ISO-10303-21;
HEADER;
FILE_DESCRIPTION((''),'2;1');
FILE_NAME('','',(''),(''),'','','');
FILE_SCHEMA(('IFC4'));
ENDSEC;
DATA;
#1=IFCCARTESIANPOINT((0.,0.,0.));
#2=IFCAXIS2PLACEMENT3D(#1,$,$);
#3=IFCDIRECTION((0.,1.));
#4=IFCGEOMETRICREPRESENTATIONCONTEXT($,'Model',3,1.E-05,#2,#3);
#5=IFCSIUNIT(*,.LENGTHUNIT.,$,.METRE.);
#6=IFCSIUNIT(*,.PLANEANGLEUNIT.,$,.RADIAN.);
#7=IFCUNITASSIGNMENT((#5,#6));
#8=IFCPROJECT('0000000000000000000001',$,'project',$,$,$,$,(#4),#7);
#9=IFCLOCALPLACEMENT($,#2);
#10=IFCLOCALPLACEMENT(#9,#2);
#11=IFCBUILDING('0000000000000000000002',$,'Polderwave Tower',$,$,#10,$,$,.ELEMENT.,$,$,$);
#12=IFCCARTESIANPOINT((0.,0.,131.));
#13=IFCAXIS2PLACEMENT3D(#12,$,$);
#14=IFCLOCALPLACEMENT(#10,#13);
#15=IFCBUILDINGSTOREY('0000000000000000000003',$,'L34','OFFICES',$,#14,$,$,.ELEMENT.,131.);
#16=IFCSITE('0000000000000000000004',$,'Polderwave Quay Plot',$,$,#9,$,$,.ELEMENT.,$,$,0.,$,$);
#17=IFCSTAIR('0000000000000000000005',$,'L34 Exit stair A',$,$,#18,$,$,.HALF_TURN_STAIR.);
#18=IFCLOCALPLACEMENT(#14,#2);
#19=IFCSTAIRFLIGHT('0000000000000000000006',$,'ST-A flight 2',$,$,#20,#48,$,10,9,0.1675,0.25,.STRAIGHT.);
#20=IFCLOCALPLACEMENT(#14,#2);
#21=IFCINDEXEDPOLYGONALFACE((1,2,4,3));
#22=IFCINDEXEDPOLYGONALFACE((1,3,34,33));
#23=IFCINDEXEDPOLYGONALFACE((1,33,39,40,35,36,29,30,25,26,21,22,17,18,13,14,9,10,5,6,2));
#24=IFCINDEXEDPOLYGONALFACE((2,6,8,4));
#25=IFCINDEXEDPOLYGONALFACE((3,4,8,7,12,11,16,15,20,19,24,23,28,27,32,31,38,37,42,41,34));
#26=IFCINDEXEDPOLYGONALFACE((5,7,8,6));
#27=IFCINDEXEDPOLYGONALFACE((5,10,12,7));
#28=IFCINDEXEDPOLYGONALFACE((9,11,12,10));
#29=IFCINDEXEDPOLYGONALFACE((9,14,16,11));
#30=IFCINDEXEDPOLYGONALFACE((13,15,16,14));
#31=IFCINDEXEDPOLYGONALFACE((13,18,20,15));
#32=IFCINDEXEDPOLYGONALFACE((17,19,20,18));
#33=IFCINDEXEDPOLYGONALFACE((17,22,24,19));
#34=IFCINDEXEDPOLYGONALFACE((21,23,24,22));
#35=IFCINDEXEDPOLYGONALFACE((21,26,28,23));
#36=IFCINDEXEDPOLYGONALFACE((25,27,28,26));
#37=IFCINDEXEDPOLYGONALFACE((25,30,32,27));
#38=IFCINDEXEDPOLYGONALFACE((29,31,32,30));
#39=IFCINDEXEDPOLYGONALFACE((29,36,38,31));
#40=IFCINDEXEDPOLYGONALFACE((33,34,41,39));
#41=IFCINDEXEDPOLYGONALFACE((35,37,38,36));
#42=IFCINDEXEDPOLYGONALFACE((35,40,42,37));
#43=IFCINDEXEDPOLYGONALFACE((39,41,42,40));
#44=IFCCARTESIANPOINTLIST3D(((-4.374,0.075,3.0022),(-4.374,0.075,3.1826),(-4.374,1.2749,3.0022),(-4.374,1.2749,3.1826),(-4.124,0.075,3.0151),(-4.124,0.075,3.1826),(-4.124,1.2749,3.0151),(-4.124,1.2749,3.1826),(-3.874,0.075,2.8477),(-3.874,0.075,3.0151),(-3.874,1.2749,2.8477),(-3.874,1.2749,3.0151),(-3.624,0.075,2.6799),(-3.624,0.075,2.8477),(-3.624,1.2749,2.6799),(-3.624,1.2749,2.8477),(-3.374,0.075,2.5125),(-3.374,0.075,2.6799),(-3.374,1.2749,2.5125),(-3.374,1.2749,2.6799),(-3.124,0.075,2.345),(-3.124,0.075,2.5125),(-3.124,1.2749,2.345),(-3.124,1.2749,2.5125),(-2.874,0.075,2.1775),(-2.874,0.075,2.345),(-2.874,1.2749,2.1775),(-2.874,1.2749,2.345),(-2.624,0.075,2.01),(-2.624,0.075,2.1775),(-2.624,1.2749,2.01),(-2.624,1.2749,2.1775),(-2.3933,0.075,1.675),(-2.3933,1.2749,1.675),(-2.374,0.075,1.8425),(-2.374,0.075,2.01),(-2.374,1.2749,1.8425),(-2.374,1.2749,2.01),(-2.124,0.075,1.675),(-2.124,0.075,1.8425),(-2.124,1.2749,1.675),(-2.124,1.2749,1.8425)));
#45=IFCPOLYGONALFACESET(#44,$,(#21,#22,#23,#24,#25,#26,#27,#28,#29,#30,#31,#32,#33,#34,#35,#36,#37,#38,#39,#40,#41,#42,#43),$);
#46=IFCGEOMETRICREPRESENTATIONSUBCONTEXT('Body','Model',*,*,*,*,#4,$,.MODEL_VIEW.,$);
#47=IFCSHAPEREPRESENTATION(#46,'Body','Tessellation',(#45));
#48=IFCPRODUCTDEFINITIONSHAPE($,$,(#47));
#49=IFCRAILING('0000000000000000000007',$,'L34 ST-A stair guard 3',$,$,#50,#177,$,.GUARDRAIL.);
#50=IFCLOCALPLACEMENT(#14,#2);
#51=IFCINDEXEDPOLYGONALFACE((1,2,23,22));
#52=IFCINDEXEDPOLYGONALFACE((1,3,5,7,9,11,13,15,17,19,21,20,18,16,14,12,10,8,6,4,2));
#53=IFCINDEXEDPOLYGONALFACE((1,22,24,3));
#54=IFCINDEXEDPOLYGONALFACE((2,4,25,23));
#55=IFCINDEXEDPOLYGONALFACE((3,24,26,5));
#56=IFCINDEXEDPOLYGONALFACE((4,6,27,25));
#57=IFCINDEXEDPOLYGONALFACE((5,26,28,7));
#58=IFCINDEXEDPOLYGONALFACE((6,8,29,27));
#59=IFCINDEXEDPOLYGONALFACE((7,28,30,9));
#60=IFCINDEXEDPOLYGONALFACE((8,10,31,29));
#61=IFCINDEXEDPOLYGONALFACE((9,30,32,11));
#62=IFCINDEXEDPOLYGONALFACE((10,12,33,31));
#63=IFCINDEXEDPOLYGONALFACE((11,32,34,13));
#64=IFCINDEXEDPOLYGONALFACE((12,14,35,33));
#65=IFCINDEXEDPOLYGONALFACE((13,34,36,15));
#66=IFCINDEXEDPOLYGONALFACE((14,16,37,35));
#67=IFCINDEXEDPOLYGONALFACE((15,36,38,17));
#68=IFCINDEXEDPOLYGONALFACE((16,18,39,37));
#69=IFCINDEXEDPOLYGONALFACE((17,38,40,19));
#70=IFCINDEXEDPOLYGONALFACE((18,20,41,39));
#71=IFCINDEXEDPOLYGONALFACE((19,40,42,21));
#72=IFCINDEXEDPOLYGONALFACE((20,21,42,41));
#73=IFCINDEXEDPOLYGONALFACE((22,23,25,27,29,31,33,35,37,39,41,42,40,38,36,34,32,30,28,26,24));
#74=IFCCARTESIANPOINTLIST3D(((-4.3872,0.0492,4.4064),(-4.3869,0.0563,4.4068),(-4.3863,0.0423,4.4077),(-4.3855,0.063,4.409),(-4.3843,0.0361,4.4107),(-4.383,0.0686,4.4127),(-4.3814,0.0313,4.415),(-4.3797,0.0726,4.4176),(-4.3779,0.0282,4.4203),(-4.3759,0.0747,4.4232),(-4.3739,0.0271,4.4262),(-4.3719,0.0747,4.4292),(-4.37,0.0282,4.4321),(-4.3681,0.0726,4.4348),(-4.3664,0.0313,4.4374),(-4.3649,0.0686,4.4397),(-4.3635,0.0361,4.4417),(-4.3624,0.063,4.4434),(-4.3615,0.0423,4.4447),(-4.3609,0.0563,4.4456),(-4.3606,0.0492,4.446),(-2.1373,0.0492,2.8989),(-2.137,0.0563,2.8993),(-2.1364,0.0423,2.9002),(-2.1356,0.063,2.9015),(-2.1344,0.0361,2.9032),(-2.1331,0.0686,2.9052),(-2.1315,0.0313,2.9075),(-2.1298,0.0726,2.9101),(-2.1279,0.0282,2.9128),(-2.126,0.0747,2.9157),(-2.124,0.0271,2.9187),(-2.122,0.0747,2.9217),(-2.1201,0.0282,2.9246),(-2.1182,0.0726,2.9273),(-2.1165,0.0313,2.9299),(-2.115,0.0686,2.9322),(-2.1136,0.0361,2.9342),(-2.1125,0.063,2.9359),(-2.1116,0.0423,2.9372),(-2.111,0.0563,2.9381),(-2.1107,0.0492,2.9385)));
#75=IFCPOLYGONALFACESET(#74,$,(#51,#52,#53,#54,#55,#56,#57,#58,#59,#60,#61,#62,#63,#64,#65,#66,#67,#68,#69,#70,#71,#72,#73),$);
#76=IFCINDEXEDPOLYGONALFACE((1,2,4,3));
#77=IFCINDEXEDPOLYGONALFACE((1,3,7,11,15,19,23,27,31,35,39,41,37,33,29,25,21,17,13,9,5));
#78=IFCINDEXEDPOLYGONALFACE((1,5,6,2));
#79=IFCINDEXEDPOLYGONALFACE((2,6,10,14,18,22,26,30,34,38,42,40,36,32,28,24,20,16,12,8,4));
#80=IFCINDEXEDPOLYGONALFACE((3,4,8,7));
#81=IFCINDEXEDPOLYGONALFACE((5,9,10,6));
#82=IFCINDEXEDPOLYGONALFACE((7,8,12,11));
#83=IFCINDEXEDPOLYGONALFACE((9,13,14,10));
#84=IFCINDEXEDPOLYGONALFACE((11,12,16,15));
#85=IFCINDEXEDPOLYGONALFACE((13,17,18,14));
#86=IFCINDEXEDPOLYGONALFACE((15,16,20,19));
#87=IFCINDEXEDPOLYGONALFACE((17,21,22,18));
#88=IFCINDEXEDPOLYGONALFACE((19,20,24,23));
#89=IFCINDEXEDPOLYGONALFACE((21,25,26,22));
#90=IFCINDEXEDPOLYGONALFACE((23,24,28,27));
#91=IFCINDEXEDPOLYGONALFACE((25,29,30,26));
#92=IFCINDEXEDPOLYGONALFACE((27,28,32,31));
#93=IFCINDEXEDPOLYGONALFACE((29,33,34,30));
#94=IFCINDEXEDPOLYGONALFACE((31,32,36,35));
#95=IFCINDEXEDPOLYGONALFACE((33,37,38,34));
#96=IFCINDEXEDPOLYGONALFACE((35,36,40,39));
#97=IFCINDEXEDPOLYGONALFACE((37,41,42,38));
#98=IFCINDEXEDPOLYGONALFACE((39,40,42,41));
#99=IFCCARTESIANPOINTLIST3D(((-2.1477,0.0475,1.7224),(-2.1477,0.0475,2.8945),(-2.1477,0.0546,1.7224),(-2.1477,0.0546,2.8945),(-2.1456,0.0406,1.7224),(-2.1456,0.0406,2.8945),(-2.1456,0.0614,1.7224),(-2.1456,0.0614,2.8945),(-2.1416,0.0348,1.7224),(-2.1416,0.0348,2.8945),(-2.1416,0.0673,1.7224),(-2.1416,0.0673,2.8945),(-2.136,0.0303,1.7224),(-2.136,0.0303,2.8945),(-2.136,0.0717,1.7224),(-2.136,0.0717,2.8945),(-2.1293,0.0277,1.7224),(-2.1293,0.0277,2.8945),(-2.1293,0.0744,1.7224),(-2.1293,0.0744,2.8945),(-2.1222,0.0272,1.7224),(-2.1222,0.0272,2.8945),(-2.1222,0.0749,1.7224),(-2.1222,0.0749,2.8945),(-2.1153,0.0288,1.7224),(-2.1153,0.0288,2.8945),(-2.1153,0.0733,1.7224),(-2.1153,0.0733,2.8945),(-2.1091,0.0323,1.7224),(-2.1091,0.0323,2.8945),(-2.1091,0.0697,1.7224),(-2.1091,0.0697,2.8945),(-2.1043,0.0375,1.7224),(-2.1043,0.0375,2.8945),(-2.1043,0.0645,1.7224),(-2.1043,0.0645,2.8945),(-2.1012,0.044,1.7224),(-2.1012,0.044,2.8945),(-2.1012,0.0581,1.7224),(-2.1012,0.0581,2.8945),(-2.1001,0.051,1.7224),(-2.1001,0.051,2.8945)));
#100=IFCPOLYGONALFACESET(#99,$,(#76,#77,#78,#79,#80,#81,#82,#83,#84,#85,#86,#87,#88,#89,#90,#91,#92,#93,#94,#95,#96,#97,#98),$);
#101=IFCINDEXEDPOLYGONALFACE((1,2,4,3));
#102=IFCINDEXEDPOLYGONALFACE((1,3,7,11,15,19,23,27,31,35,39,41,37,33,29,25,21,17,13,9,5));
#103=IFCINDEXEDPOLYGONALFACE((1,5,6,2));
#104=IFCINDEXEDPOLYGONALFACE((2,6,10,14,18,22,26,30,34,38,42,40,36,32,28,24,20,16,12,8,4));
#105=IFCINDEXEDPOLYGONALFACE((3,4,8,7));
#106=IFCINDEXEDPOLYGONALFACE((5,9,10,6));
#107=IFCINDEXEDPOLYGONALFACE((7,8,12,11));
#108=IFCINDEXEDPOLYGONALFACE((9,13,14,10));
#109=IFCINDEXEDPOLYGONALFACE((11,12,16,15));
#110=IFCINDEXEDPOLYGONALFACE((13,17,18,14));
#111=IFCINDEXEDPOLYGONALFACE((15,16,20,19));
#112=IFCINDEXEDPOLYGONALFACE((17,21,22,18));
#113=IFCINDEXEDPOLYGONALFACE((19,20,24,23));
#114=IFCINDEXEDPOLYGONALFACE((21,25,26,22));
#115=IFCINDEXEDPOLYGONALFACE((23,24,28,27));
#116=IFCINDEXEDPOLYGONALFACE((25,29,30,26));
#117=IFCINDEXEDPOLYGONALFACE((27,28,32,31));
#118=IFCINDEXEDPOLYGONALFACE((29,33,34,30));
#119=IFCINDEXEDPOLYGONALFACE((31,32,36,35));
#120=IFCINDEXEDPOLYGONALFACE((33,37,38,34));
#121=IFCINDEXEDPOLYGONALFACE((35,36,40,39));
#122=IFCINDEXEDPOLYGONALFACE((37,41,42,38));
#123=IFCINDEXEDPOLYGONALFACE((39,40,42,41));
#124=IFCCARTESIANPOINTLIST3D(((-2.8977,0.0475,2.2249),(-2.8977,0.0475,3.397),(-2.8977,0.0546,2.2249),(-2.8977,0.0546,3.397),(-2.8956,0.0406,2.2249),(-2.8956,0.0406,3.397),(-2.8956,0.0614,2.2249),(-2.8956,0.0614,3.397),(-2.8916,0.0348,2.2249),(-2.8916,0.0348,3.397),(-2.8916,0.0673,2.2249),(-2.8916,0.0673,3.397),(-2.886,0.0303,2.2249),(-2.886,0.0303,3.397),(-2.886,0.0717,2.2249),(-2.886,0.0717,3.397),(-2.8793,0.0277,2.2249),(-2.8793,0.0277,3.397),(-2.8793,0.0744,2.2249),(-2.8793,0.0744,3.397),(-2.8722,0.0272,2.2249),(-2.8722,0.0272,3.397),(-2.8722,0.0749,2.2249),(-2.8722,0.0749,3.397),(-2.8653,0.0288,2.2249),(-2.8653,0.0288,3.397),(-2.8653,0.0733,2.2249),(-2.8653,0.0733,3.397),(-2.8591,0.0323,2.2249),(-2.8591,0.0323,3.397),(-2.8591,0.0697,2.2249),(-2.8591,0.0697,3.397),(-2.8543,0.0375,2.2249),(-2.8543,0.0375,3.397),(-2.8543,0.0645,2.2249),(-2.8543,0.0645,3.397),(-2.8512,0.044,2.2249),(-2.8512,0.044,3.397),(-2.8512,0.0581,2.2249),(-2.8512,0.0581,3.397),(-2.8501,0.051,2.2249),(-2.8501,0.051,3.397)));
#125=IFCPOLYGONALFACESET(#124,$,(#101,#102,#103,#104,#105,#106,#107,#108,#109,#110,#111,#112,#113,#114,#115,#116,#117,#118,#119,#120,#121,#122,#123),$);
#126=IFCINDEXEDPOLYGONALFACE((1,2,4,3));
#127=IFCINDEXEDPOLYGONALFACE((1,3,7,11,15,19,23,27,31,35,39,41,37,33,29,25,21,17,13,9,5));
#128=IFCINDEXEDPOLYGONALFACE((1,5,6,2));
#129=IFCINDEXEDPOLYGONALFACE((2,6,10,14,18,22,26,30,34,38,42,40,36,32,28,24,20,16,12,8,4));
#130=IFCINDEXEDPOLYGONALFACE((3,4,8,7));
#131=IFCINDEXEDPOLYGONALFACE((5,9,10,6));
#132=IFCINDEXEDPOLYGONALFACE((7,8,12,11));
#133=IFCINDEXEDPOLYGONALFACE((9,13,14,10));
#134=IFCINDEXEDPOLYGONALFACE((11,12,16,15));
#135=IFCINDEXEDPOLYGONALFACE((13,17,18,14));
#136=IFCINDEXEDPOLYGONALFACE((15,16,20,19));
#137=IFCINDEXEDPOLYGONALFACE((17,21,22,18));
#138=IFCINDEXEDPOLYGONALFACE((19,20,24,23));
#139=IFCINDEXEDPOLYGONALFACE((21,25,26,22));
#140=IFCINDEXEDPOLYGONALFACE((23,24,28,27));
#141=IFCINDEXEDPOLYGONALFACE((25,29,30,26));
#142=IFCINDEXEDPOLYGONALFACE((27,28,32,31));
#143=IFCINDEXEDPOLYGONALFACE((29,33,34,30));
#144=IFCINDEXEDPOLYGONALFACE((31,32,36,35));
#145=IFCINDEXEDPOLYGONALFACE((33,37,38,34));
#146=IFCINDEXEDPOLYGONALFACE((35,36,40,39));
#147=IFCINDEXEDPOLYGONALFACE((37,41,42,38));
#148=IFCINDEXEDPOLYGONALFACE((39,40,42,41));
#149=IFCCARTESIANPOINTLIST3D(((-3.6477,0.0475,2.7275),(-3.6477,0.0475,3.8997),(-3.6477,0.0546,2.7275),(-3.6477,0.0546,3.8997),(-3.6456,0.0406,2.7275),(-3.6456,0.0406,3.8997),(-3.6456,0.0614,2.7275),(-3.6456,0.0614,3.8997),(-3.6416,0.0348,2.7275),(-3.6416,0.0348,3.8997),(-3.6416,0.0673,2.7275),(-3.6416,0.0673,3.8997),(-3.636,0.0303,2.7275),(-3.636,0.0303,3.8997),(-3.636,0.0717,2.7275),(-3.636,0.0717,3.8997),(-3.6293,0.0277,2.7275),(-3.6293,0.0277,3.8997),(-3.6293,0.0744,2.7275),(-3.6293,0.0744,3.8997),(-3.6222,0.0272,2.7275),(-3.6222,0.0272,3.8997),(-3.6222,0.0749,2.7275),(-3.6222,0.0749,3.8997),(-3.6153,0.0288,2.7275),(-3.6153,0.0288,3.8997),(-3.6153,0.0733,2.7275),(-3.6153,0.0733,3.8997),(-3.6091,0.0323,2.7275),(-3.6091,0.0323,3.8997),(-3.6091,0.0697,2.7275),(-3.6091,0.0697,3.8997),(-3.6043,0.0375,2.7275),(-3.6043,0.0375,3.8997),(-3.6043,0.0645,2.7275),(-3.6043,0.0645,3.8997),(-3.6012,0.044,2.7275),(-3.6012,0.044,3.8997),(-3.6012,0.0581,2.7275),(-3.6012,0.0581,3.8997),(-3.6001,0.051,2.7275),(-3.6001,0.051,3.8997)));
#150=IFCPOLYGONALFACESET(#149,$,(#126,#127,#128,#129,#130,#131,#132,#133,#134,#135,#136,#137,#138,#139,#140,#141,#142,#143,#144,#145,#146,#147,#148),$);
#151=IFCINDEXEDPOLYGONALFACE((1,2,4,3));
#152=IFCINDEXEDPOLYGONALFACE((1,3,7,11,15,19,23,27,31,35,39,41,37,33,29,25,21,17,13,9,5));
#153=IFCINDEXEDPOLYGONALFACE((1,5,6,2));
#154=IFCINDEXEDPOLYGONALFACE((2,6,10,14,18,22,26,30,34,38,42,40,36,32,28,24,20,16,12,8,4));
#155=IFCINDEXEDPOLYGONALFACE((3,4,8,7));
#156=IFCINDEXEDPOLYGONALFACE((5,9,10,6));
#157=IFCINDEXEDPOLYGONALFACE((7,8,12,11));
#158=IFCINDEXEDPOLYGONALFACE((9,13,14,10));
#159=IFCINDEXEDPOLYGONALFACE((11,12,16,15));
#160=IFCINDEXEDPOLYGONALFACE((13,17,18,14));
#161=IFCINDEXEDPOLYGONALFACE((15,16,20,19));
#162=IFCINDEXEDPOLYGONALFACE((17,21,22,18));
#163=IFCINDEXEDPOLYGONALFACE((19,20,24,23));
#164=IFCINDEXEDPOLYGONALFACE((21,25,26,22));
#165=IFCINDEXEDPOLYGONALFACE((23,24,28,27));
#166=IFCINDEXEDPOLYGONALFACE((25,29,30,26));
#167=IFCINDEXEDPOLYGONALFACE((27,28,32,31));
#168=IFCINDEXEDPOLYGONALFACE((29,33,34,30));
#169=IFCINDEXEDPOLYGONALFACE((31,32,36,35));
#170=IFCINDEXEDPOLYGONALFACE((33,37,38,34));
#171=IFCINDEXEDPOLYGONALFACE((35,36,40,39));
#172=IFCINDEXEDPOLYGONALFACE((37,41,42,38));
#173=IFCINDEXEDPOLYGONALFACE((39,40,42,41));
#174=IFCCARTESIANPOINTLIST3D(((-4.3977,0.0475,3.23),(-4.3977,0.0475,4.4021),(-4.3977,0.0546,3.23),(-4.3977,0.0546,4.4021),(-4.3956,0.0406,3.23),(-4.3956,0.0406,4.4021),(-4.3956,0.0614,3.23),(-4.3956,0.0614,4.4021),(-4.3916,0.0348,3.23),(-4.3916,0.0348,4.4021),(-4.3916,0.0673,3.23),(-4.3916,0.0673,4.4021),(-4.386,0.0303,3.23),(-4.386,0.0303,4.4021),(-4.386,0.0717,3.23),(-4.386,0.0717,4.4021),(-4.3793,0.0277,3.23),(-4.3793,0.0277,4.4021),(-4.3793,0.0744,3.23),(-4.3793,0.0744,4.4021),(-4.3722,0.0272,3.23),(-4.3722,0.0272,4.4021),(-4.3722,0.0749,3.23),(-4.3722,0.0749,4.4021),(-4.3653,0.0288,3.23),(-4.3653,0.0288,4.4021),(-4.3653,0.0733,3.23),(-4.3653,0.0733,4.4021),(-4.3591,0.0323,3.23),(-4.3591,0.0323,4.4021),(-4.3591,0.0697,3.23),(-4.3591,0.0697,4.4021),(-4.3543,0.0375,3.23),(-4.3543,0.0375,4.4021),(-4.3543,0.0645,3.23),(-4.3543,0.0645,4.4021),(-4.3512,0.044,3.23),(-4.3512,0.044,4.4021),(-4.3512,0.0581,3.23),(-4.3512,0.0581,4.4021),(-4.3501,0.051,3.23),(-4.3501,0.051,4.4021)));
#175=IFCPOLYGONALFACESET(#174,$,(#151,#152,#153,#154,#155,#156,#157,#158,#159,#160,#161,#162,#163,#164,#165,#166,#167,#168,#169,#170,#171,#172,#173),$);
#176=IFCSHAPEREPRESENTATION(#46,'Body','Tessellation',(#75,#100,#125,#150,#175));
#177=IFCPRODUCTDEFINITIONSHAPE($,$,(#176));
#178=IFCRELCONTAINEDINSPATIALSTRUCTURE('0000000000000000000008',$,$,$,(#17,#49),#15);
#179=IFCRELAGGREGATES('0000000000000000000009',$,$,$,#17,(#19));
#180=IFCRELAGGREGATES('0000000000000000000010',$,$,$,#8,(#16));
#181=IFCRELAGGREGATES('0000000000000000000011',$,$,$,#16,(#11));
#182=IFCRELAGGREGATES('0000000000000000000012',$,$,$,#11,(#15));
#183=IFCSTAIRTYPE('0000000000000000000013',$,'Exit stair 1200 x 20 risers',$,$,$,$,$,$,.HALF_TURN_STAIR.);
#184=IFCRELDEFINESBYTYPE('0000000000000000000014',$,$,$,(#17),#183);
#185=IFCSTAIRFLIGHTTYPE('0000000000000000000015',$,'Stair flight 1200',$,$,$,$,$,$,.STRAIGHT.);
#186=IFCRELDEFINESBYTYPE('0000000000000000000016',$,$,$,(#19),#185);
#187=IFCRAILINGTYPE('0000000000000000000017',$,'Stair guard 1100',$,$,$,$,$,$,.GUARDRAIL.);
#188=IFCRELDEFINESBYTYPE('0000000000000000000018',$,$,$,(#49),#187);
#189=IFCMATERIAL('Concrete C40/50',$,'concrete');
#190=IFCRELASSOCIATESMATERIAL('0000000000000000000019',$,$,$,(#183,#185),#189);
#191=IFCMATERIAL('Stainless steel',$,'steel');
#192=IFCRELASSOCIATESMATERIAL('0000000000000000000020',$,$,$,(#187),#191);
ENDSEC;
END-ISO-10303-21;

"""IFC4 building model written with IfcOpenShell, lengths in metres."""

from ifc_helpers import new_model, si_unit, direction, frame, origin, origin_2d, place, context, subcontext, project, spatial, polyline, circle, outline, extrude, material, type_object, element, aggregate, save


model = new_model("IFC4")

# Units and contexts
model_context = context("Model", 3, precision=1e-05, world=origin(), true_north=direction((0.0, 1.0)))
body_context = subcontext(model_context, "Body", "Model", "MODEL_VIEW")
ifc_project = project(units=[si_unit("LENGTHUNIT", "METRE"), si_unit("PLANEANGLEUNIT", "RADIAN")], contexts=[model_context])

# Site, building, storey
site_placement = place(None, origin())
site = spatial("IfcSite", under=ifc_project, at=site_placement, Name="Polderwave Quay Plot", CompositionType="ELEMENT", RefElevation=0.0)
building_placement = place(site_placement, origin())
building = spatial("IfcBuilding", under=site, at=building_placement, Name="Polderwave Tower", CompositionType="ELEMENT")
storey_placement = place(building_placement, frame((0.0, 0.0, 131.0)))
storey = spatial("IfcBuildingStorey", under=building, at=storey_placement, Name="L34", Description="OFFICES", CompositionType="ELEMENT", Elevation=131.0)

# Shared definitions
ifc_material_1 = material(Name="Stainless steel", Category="steel")

# Stair, stair flight
ifc_material_2 = material(Name="Concrete C40/50", Category="concrete")
stair_type = type_object("IfcStairType", Name="Exit stair 1200 x 20 risers", PredefinedType="HALF_TURN_STAIR", material=ifc_material_2)
stair_placement = place(storey_placement, origin())
stair = element("IfcStair", 1, at=stair_placement, inside=storey, type_object=stair_type, Name="L34 Exit stair A", PredefinedType="HALF_TURN_STAIR")
stair_flight_type = type_object("IfcStairFlightType", Name="Stair flight 1200", PredefinedType="STRAIGHT", material=ifc_material_2)
stair_flight_placement = place(storey_placement, frame((-2.124, 0.675, 1.675), z_axis=(0.0, 0.0, 1.0), x_axis=(-1.0, 0.0, 0.0)))
stair_flight = element("IfcStairFlight", 2, at=stair_flight_placement, type_object=stair_flight_type, Name="ST-A flight 2", NumberOfRisers=10, NumberOfTreads=9, PredefinedType="STRAIGHT", RiserHeight=0.1675, TreadLength=0.25, context=body_context, shape_type="SweptSolid", body=[
    extrude(outline(polyline([(0.0, 0.0), (0.0, 0.1675), (0.25, 0.1675), (0.25, 0.335), (0.5, 0.335), (0.5, 0.5024), (0.75, 0.5024), (0.75, 0.6699), (1.0, 0.6699), (1.0, 0.8374), (1.25, 0.8374), (1.25, 1.0049), (1.5, 1.0049), (1.5, 1.1726), (1.75, 1.1726), (1.75, 1.3401), (2.0, 1.3401), (2.0, 1.5076), (2.25, 1.5076), (2.25, 1.675), (2.25, 1.3271), (0.2693, 0.0), (0.0, 0.0)])), frame((0.0, 0.6001, 0.0), z_axis=(0.0, -1.0, 0.0), x_axis=(1.0, 0.0, 0.0)), (0.0, 0.0, 1.0), 1.2),
])
aggregate(stair, [stair_flight])

# Railing
railing_type_1 = type_object("IfcRailingType", Name="Stair guard 1100", PredefinedType="GUARDRAIL", material=ifc_material_1)
railing_1_placement = place(storey_placement, frame((-2.124, 0.051, 1.7224)))
element("IfcRailing", 3, at=railing_1_placement, inside=storey, type_object=railing_type_1, Name="L34 ST-A stair guard 3", PredefinedType="GUARDRAIL", context=body_context, shape_type="SweptSolid", body=[
    extrude(circle(Radius=0.0239, at=origin_2d()), frame((0.0, 0.0, 1.1963), z_axis=(-0.830758, 0.0, 0.556633), x_axis=(0.0, -1.0, 0.0)), (0.0, 0.0, 1.0), 2.7083),
    extrude(circle(Radius=0.0239, at=origin_2d()), origin(), (0.0, 0.0, 1.0), 1.1721),
    extrude(circle(Radius=0.0239, at=origin_2d()), frame((-0.75, 0.0, 0.5024)), (0.0, 0.0, 1.0), 1.1721),
    extrude(circle(Radius=0.0239, at=origin_2d()), frame((-1.5, 0.0, 1.0051)), (0.0, 0.0, 1.0), 1.1721),
    extrude(circle(Radius=0.0239, at=origin_2d()), frame((-2.25, 0.0, 1.5076)), (0.0, 0.0, 1.0), 1.1721),
])

save(model, "model.ifc")
